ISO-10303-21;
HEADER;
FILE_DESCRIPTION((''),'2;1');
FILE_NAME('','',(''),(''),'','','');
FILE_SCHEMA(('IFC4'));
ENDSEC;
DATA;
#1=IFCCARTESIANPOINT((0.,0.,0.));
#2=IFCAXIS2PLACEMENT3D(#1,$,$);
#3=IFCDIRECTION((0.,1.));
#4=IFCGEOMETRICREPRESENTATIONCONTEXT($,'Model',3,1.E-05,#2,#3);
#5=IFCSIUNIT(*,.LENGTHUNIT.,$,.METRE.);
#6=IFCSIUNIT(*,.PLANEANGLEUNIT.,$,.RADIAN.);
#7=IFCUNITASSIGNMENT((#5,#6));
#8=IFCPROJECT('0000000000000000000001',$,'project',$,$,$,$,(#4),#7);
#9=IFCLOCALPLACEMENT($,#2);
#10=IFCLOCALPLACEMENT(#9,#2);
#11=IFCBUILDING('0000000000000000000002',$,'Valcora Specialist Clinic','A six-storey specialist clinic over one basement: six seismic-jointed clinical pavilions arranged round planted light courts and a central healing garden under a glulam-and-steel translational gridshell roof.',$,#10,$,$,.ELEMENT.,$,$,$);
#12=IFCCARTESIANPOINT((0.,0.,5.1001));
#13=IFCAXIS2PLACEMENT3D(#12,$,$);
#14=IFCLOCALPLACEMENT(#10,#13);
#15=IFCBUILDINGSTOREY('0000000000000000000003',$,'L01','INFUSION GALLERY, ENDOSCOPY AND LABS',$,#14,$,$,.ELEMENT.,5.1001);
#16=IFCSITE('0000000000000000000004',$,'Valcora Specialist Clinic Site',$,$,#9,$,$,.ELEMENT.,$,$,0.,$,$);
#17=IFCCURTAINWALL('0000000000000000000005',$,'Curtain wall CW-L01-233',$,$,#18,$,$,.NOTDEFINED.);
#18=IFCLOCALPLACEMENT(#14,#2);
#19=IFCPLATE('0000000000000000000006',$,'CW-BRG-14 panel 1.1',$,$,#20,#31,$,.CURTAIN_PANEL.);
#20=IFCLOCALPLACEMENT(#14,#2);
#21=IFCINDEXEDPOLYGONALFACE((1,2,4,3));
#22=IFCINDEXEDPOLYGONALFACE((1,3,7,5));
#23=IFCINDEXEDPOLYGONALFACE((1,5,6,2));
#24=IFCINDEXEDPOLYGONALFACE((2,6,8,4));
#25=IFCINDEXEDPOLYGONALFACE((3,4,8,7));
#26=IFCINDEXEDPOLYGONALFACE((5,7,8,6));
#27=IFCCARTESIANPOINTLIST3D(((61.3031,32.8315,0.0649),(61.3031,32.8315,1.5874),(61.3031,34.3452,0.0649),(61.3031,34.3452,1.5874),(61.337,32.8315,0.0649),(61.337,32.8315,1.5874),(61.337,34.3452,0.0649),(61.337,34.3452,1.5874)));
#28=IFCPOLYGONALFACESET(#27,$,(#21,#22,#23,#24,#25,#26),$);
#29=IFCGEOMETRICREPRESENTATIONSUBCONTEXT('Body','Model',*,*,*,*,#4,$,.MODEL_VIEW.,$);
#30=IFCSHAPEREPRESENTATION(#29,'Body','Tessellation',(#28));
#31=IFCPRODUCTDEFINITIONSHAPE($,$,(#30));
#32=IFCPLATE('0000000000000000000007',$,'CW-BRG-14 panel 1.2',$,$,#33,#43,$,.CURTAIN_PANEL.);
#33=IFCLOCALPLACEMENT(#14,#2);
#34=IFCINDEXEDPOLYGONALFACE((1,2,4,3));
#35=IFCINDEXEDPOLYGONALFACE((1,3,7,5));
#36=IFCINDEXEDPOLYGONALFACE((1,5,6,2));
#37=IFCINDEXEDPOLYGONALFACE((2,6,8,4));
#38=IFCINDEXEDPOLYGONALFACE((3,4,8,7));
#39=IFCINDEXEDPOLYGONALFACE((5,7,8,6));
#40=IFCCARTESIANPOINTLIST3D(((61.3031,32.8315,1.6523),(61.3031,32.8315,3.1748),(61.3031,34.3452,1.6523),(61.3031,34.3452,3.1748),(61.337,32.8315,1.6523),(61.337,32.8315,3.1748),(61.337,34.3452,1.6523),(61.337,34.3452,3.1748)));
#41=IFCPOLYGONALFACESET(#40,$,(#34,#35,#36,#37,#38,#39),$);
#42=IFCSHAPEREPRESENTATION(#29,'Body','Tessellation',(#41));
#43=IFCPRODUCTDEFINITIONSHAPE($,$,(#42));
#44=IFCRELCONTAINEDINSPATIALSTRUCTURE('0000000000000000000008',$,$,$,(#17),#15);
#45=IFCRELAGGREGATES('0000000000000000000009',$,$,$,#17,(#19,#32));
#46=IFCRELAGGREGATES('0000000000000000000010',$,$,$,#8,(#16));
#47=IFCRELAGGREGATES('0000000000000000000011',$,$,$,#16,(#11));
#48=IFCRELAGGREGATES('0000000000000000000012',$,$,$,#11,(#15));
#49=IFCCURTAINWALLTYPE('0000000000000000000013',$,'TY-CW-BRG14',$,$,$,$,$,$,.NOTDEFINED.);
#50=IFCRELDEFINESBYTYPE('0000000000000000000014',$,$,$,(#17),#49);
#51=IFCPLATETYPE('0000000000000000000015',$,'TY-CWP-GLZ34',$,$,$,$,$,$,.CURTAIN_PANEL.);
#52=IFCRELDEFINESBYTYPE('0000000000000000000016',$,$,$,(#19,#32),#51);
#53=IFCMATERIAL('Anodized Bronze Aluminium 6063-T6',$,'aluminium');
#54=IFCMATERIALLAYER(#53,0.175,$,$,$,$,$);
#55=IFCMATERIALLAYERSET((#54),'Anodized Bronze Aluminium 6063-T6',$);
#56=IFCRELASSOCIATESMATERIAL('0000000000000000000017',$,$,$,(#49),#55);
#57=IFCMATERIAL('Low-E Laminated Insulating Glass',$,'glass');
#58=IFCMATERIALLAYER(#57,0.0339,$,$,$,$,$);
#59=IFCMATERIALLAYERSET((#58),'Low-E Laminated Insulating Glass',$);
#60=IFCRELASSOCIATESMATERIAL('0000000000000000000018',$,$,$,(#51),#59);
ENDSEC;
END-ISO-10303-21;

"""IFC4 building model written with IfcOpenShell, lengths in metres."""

from ifc_helpers import new_model, si_unit, direction, frame, origin, origin_2d, place, context, subcontext, project, spatial, rectangle, extrude, material, layer, layer_set, type_object, element, aggregate, save


model = new_model("IFC4")

# Units and contexts
model_context = context("Model", 3, precision=1e-05, world=origin(), true_north=direction((0.0, 1.0)))
body_context = subcontext(model_context, "Body", "Model", "MODEL_VIEW")
ifc_project = project(units=[si_unit("LENGTHUNIT", "METRE"), si_unit("PLANEANGLEUNIT", "RADIAN")], contexts=[model_context])

# Site, building, storey
site_placement = place(None, origin())
site = spatial("IfcSite", under=ifc_project, at=site_placement, Name="Valcora Specialist Clinic Site", CompositionType="ELEMENT", RefElevation=0.0)
building_placement = place(site_placement, origin())
building = spatial("IfcBuilding", under=site, at=building_placement, Name="Valcora Specialist Clinic", Description="A six-storey specialist clinic over one basement: six seismic-jointed clinical pavilions arranged round planted light courts and a central healing garden under a glulam-and-steel translational gridshell roof.", CompositionType="ELEMENT")
storey_placement = place(building_placement, frame((0.0, 0.0, 5.1001)))
storey = spatial("IfcBuildingStorey", under=building, at=storey_placement, Name="L01", Description="INFUSION GALLERY, ENDOSCOPY AND LABS", CompositionType="ELEMENT", Elevation=5.1001)

# Curtain wall
ifc_material_1 = material(Name="Anodized Bronze Aluminium 6063-T6", Category="aluminium")
ifc_layer_1 = layer(ifc_material_1, 0.175)
ifc_layer_set_1 = layer_set([ifc_layer_1], Name="Anodized Bronze Aluminium 6063-T6")
curtain_wall_type = type_object("IfcCurtainWallType", Name="TY-CW-BRG14", PredefinedType="NOTDEFINED", material=ifc_layer_set_1)
curtain_wall_1_placement = place(storey_placement, origin())
curtain_wall_1 = element("IfcCurtainWall", 1, at=curtain_wall_1_placement, inside=storey, type_object=curtain_wall_type, Name="Curtain wall CW-L01-233", PredefinedType="NOTDEFINED")

# Plates
ifc_material_2 = material(Name="Low-E Laminated Insulating Glass", Category="glass")
ifc_layer_2 = layer(ifc_material_2, 0.0339)
ifc_layer_set_2 = layer_set([ifc_layer_2], Name="Low-E Laminated Insulating Glass")
plate_type_1 = type_object("IfcPlateType", Name="TY-CWP-GLZ34", PredefinedType="CURTAIN_PANEL", material=ifc_layer_set_2)
plate_1_placement = place(storey_placement, frame((61.3201, 33.5884, 0.0649), z_axis=(0.0, 0.0, 1.0), x_axis=(0.0, 1.0, 0.0)))
plate_1 = element("IfcPlate", 2, at=plate_1_placement, type_object=plate_type_1, Name="CW-BRG-14 panel 1.1", PredefinedType="CURTAIN_PANEL", context=body_context, shape_type="SweptSolid", body=[
    extrude(rectangle(XDim=1.5137, YDim=0.0339, at=origin_2d()), origin(), (0.0, 0.0, 1.0), 1.5225),
])
plate_2_placement = place(storey_placement, frame((61.3201, 33.5884, 1.6523), z_axis=(0.0, 0.0, 1.0), x_axis=(0.0, 1.0, 0.0)))
plate_2 = element("IfcPlate", 3, at=plate_2_placement, type_object=plate_type_1, Name="CW-BRG-14 panel 1.2", PredefinedType="CURTAIN_PANEL", context=body_context, shape_type="SweptSolid", body=[
    extrude(rectangle(XDim=1.5137, YDim=0.0339, at=origin_2d()), origin(), (0.0, 0.0, 1.0), 1.5225),
])
aggregate(curtain_wall_1, [plate_1, plate_2])

save(model, "model.ifc")
